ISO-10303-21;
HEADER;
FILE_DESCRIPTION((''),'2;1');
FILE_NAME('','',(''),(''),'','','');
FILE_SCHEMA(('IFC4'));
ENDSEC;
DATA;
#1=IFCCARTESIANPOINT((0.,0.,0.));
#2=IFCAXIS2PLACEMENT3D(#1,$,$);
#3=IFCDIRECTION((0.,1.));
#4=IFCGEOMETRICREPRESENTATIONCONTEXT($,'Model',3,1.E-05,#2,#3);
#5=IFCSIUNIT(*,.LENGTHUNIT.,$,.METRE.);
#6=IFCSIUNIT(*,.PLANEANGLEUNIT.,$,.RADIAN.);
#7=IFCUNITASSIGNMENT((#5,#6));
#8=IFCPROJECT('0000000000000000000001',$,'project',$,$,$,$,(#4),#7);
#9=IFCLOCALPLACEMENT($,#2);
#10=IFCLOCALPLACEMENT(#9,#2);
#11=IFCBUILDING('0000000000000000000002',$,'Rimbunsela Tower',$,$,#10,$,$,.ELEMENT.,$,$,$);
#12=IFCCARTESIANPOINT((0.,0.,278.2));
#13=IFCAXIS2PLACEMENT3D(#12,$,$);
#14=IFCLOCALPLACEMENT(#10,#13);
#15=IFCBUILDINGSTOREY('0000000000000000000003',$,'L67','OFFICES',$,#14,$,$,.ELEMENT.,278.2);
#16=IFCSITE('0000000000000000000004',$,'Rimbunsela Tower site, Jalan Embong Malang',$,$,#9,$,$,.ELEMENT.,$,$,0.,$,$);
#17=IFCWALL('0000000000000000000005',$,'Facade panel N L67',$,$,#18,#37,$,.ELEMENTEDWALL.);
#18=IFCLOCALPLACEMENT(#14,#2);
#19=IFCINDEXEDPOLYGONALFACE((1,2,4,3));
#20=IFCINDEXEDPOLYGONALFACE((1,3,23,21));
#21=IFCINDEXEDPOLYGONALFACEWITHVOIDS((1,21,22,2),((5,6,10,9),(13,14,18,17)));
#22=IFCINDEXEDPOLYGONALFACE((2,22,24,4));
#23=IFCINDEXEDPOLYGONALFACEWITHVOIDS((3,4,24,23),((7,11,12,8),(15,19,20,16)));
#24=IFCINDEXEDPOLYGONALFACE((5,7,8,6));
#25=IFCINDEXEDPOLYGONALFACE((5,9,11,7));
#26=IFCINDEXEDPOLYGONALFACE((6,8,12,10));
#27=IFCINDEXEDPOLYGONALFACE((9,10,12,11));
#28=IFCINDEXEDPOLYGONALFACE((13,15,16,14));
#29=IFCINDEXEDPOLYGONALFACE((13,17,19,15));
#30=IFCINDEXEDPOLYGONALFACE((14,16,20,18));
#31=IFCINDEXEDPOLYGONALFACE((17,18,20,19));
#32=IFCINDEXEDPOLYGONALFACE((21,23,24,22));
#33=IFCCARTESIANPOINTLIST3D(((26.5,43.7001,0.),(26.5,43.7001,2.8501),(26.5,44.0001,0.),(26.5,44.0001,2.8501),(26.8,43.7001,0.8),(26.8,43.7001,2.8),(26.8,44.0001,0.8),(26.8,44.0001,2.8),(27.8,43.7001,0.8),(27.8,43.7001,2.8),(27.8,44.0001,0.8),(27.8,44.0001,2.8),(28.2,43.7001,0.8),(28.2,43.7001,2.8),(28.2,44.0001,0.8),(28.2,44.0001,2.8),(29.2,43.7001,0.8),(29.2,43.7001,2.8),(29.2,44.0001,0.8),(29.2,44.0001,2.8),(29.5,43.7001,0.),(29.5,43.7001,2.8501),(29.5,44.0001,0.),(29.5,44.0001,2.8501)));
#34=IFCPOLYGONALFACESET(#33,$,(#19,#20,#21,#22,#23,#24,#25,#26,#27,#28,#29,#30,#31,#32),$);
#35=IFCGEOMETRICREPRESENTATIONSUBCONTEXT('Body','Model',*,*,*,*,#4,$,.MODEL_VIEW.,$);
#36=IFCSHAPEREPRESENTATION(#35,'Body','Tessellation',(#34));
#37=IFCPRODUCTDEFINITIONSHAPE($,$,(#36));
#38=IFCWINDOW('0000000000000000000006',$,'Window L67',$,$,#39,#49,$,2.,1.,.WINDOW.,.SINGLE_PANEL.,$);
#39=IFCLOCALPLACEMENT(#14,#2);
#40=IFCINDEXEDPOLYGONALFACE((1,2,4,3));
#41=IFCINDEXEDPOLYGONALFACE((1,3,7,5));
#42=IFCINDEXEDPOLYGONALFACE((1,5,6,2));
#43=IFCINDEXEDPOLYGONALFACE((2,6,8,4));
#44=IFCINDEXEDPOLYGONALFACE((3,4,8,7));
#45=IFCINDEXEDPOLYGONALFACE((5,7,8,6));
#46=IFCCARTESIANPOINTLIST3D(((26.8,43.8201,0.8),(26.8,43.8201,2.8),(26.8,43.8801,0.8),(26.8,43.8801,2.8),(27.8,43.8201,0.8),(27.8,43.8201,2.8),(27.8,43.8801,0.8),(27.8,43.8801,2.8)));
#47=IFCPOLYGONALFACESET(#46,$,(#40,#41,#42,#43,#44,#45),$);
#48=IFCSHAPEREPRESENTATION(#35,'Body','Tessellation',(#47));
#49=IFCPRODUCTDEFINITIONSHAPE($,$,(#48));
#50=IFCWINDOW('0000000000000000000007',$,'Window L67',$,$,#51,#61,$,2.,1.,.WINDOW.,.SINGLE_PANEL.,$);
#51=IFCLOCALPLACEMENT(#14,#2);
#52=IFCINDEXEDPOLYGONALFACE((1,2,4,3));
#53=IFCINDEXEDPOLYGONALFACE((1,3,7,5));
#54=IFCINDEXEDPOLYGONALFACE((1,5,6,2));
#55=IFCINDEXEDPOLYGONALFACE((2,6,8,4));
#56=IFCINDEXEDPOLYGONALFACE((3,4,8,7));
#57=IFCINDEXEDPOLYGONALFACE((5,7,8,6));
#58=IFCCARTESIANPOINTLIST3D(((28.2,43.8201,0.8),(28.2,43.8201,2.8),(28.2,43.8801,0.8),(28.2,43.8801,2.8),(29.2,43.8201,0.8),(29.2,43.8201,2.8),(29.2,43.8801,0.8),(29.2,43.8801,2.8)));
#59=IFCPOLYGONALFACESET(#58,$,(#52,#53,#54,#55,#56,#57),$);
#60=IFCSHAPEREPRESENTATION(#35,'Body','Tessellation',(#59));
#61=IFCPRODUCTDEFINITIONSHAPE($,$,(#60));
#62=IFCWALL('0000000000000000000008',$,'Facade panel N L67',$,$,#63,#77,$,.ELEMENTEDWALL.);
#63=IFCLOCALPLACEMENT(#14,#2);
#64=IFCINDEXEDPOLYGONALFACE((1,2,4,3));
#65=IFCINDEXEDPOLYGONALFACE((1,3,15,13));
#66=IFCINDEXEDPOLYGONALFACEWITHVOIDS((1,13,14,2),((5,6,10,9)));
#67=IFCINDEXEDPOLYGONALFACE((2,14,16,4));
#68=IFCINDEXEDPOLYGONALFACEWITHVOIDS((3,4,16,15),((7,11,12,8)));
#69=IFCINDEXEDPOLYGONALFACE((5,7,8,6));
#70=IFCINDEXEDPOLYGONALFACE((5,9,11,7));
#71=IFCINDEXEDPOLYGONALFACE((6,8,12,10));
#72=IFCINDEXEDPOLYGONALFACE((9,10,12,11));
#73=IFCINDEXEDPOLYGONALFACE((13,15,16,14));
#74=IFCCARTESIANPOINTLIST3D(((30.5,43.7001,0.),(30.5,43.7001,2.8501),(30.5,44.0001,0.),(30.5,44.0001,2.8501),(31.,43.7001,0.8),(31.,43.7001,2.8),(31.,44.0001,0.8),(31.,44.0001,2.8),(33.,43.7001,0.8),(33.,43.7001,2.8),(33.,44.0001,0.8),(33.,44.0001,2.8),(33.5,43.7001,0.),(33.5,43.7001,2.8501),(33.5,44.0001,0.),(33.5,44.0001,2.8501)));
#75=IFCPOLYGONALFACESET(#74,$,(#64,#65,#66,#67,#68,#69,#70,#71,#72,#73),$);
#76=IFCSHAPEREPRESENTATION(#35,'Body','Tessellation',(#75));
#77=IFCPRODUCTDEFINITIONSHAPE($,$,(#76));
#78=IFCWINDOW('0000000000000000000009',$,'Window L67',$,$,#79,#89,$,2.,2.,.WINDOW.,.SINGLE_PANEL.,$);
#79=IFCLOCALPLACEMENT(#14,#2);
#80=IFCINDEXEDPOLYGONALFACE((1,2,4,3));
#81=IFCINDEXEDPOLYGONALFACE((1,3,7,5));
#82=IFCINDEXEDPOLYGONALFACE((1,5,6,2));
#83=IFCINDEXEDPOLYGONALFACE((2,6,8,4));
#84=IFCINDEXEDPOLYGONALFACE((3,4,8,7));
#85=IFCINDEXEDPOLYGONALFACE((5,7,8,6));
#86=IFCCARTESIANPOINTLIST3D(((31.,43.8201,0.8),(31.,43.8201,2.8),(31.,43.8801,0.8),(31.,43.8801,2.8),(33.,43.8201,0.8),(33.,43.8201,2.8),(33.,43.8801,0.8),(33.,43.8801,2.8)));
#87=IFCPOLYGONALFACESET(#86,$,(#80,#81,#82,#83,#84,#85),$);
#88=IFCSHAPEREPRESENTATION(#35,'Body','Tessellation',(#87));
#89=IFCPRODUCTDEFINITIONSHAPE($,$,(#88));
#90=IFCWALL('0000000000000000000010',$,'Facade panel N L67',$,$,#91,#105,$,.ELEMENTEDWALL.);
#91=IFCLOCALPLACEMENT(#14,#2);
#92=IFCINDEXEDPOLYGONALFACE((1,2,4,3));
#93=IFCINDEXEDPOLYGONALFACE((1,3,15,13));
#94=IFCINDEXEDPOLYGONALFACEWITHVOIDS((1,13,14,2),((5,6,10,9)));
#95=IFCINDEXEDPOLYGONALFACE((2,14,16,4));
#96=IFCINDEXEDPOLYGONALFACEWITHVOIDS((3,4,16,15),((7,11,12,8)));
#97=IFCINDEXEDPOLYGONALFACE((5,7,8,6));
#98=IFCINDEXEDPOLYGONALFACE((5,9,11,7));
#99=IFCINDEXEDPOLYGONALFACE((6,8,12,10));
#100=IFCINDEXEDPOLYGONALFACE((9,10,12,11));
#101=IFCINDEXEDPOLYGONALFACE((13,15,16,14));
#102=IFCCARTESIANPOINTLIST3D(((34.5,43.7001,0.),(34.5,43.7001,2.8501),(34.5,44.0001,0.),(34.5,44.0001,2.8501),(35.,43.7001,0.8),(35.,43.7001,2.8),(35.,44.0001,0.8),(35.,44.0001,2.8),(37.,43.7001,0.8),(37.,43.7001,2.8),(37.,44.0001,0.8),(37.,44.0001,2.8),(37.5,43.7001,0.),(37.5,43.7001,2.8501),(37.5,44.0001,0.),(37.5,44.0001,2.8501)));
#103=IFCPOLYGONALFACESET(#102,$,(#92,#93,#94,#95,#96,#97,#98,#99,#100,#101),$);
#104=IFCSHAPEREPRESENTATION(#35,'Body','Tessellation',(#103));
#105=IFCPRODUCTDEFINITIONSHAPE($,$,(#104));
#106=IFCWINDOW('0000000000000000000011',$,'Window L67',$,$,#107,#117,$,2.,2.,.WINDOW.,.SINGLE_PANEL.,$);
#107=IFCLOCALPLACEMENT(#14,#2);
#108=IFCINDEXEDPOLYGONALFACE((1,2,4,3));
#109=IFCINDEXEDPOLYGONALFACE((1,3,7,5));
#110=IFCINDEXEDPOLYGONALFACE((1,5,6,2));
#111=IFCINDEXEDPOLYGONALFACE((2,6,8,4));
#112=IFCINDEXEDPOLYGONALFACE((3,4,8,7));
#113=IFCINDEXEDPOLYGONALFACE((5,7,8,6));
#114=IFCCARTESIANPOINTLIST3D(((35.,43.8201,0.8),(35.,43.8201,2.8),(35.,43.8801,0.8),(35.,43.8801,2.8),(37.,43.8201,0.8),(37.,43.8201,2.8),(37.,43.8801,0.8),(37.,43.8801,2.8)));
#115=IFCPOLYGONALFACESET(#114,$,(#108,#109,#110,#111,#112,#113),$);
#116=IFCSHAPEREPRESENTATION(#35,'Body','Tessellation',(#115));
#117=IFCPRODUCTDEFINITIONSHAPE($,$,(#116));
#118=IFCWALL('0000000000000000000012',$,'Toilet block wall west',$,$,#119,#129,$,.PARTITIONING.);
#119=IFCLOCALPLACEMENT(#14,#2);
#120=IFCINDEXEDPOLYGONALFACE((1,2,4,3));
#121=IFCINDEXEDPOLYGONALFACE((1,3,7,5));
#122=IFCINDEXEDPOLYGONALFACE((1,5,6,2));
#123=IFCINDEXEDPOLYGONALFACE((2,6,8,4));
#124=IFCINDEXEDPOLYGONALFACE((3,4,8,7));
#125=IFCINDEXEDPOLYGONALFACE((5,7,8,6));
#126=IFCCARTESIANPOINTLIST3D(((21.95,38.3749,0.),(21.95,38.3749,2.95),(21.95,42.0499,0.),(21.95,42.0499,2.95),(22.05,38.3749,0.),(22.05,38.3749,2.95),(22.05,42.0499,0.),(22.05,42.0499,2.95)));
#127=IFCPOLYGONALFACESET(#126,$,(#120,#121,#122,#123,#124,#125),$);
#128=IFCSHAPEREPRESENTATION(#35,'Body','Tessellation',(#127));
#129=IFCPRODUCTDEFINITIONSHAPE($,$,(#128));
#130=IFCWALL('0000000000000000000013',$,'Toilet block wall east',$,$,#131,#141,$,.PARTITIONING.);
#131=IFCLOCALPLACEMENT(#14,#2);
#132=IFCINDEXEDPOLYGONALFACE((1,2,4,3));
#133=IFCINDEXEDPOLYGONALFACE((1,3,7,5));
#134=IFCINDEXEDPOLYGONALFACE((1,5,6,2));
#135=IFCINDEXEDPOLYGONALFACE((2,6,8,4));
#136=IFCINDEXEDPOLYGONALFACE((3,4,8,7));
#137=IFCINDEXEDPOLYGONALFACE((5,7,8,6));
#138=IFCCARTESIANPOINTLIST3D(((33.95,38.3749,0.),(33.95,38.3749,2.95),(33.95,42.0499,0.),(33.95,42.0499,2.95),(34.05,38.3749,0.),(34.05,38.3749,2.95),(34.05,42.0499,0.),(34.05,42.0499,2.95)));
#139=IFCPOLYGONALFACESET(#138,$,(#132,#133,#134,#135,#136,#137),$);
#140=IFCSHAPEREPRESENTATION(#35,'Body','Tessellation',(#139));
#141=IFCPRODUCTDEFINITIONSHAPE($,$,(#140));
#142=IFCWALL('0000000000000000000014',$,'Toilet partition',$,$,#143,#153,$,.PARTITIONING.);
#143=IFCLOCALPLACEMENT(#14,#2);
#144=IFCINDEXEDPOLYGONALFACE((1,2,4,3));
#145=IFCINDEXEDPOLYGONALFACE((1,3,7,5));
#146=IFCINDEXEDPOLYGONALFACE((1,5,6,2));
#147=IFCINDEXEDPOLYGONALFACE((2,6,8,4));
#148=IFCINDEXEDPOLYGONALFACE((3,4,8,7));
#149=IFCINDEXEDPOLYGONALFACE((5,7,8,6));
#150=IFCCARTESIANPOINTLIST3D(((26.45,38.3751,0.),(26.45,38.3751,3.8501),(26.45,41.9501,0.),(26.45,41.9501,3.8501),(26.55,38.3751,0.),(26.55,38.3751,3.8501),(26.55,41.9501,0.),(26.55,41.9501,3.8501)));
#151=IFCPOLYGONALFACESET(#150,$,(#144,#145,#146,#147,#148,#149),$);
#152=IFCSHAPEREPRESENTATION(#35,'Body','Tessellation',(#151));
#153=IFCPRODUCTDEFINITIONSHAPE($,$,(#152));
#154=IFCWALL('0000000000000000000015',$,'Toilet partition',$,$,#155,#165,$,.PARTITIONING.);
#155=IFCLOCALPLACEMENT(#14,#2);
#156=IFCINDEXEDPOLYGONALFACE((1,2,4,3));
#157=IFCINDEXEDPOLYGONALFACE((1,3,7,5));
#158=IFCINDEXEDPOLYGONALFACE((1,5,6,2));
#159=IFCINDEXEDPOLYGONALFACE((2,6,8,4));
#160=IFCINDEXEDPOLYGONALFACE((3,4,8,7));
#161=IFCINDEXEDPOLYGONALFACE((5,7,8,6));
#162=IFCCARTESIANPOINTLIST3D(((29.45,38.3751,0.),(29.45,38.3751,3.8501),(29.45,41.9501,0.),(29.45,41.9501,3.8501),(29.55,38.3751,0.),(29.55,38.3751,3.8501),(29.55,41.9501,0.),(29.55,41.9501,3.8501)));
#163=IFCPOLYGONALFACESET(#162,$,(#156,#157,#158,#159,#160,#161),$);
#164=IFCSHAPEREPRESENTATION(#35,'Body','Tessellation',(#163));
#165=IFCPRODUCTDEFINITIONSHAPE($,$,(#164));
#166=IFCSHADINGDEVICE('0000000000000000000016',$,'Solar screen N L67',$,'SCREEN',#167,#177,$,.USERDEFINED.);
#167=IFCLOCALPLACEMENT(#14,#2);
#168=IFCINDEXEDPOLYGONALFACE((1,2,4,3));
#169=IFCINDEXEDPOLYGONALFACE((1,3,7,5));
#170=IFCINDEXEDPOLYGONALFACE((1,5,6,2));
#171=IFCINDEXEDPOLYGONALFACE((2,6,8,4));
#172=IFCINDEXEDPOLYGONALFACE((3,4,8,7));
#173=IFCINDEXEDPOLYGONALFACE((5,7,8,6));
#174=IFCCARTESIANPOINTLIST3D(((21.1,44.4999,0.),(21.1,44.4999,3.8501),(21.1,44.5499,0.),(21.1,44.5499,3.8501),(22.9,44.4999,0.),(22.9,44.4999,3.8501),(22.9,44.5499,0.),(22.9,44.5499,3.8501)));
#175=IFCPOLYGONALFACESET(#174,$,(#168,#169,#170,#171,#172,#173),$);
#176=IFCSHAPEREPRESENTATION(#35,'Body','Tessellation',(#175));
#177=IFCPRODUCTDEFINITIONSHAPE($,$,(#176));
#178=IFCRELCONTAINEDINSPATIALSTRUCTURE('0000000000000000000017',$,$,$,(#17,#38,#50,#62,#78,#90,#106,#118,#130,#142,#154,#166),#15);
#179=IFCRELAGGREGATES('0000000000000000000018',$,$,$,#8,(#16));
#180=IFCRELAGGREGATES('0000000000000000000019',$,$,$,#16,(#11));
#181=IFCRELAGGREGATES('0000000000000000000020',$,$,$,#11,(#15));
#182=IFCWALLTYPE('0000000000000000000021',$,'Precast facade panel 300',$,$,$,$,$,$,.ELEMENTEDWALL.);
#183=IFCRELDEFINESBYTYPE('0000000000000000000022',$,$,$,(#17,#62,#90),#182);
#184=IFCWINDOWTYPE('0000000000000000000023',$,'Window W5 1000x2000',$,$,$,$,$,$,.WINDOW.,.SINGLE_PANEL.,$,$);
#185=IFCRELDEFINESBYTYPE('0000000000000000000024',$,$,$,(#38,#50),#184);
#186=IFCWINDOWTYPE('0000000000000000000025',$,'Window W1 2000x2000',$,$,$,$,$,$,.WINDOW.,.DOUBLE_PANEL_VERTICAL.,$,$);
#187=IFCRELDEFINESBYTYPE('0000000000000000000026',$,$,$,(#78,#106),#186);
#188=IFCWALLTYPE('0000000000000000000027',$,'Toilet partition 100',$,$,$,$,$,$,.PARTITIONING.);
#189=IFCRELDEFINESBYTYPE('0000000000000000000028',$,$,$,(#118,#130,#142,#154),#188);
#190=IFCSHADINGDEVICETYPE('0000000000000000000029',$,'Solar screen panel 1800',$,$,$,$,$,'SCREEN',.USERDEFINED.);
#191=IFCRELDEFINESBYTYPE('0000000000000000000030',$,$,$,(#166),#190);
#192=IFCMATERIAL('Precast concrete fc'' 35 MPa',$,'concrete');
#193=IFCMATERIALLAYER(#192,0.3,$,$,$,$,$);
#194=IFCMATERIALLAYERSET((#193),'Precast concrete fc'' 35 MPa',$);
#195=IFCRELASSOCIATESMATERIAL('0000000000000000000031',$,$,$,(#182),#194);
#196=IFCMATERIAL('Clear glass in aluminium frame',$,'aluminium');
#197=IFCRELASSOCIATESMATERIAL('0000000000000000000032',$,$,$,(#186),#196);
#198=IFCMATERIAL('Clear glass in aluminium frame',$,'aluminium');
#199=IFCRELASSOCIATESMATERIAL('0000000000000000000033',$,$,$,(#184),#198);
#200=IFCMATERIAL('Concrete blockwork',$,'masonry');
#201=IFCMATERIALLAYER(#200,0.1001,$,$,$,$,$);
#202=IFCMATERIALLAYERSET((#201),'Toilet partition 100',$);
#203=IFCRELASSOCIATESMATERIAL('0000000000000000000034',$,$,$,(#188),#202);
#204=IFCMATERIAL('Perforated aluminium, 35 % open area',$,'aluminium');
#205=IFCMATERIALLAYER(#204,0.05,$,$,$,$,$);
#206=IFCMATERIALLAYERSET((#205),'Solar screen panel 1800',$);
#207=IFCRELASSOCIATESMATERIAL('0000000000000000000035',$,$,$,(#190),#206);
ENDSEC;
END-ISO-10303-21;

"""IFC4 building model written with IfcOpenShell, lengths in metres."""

from ifc_helpers import new_model, si_unit, direction, frame, frame_2d, origin, origin_2d, place, context, subcontext, project, spatial, rectangle, extrude, material, layer, layer_set, type_object, element, fill, save


model = new_model("IFC4")

# Units and contexts
model_context = context("Model", 3, precision=1e-05, world=origin(), true_north=direction((0.0, 1.0)))
body_context = subcontext(model_context, "Body", "Model", "MODEL_VIEW")
ifc_project = project(units=[si_unit("LENGTHUNIT", "METRE"), si_unit("PLANEANGLEUNIT", "RADIAN")], contexts=[model_context])

# Site, building, storey
site_placement = place(None, origin())
site = spatial("IfcSite", under=ifc_project, at=site_placement, Name="Rimbunsela Tower site, Jalan Embong Malang", CompositionType="ELEMENT", RefElevation=0.0)
building_placement = place(site_placement, origin())
building = spatial("IfcBuilding", under=site, at=building_placement, Name="Rimbunsela Tower", CompositionType="ELEMENT")
storey_placement = place(building_placement, frame((0.0, 0.0, 278.2)))
storey = spatial("IfcBuildingStorey", under=building, at=storey_placement, Name="L67", Description="OFFICES", CompositionType="ELEMENT", Elevation=278.2)

# Shared definitions
ifc_material_1 = material(Name="Precast concrete fc' 35 MPa", Category="concrete")
ifc_layer_1 = layer(ifc_material_1, 0.3)
ifc_layer_set_1 = layer_set([ifc_layer_1], Name="Precast concrete fc' 35 MPa")
wall_type_1 = type_object("IfcWallType", Name="Precast facade panel 300", PredefinedType="ELEMENTEDWALL", material=ifc_layer_set_1)
ifc_material_2 = material(Name="Clear glass in aluminium frame", Category="aluminium")
window_type_1 = type_object("IfcWindowType", Name="Window W1 2000x2000", PartitioningType="DOUBLE_PANEL_VERTICAL", PredefinedType="WINDOW", material=ifc_material_2)

# Wall, openings, windows
wall_1_placement = place(storey_placement, frame((29.5, 43.8501, 0.0), z_axis=(0.0, 0.0, 1.0), x_axis=(-1.0, 0.0, 0.0)))
wall_1 = element("IfcWall", 1, at=wall_1_placement, inside=storey, type_object=wall_type_1, Name="Facade panel N L67", PredefinedType="ELEMENTEDWALL", context=body_context, shape_type="SweptSolid", body=[
    extrude(rectangle(XDim=3.0, YDim=0.3, at=frame_2d((1.5, 0.0))), origin(), (0.0, 0.0, 1.0), 2.8501),
])
opening_1_placement = place(wall_1_placement, frame((1.7, 0.0, 0.8)))
opening_1 = element("IfcOpeningElement", 2, at=opening_1_placement, cuts=wall_1, PredefinedType="OPENING", context=body_context, shape_type="SweptSolid", body=[
    extrude(rectangle(XDim=1.0, YDim=2.0, at=frame_2d((0.5, 1.0))), frame((0.0, 0.1599, 0.0), z_axis=(0.0, -1.0, 0.0), x_axis=(1.0, 0.0, 0.0)), (0.0, 0.0, 1.0), 0.3201),
])
opening_2_placement = place(wall_1_placement, frame((0.3, 0.0, 0.8)))
opening_2 = element("IfcOpeningElement", 3, at=opening_2_placement, cuts=wall_1, PredefinedType="OPENING", context=body_context, shape_type="SweptSolid", body=[
    extrude(rectangle(XDim=1.0, YDim=2.0, at=frame_2d((0.5, 1.0))), frame((0.0, 0.1599, 0.0), z_axis=(0.0, -1.0, 0.0), x_axis=(1.0, 0.0, 0.0)), (0.0, 0.0, 1.0), 0.3201),
])
ifc_material_3 = material(Name="Clear glass in aluminium frame", Category="aluminium")
window_type_2 = type_object("IfcWindowType", Name="Window W5 1000x2000", PartitioningType="SINGLE_PANEL", PredefinedType="WINDOW", material=ifc_material_3)
window_1_placement = place(opening_1_placement, origin())
window_1 = element("IfcWindow", 4, at=window_1_placement, inside=storey, type_object=window_type_2, Name="Window L67", OverallHeight=2.0, OverallWidth=1.0, PartitioningType="SINGLE_PANEL", PredefinedType="WINDOW", context=body_context, shape_type="SweptSolid", body=[
    extrude(rectangle(XDim=1.0, YDim=2.0, at=frame_2d((0.5, 1.0))), frame((0.0, 0.03, 0.0), z_axis=(0.0, -1.0, 0.0), x_axis=(1.0, 0.0, 0.0)), (0.0, 0.0, 1.0), 0.0601),
])
fill(opening_1, window_1)
window_2_placement = place(opening_2_placement, origin())
window_2 = element("IfcWindow", 5, at=window_2_placement, inside=storey, type_object=window_type_2, Name="Window L67", OverallHeight=2.0, OverallWidth=1.0, PartitioningType="SINGLE_PANEL", PredefinedType="WINDOW", context=body_context, shape_type="SweptSolid", body=[
    extrude(rectangle(XDim=1.0, YDim=2.0, at=frame_2d((0.5, 1.0))), frame((0.0, 0.03, 0.0), z_axis=(0.0, -1.0, 0.0), x_axis=(1.0, 0.0, 0.0)), (0.0, 0.0, 1.0), 0.0601),
])
fill(opening_2, window_2)

# Walls, openings, windows
wall_2_placement = place(storey_placement, frame((33.5, 43.8501, 0.0), z_axis=(0.0, 0.0, 1.0), x_axis=(-1.0, 0.0, 0.0)))
wall_2 = element("IfcWall", 6, at=wall_2_placement, inside=storey, type_object=wall_type_1, Name="Facade panel N L67", PredefinedType="ELEMENTEDWALL", context=body_context, shape_type="SweptSolid", body=[
    extrude(rectangle(XDim=3.0, YDim=0.3, at=frame_2d((1.5, 0.0))), origin(), (0.0, 0.0, 1.0), 2.8501),
])
opening_3_placement = place(wall_2_placement, frame((0.5, 0.0, 0.8)))
opening_3 = element("IfcOpeningElement", 7, at=opening_3_placement, cuts=wall_2, PredefinedType="OPENING", context=body_context, shape_type="SweptSolid", body=[
    extrude(rectangle(XDim=2.0, YDim=2.0, at=frame_2d((1.0, 1.0))), frame((0.0, 0.1599, 0.0), z_axis=(0.0, -1.0, 0.0), x_axis=(1.0, 0.0, 0.0)), (0.0, 0.0, 1.0), 0.3201),
])
window_3_placement = place(opening_3_placement, origin())
window_3 = element("IfcWindow", 8, at=window_3_placement, inside=storey, type_object=window_type_1, Name="Window L67", OverallHeight=2.0, OverallWidth=2.0, PartitioningType="SINGLE_PANEL", PredefinedType="WINDOW", context=body_context, shape_type="SweptSolid", body=[
    extrude(rectangle(XDim=2.0, YDim=2.0, at=frame_2d((1.0, 1.0))), frame((0.0, 0.03, 0.0), z_axis=(0.0, -1.0, 0.0), x_axis=(1.0, 0.0, 0.0)), (0.0, 0.0, 1.0), 0.0601),
])
fill(opening_3, window_3)
wall_3_placement = place(storey_placement, frame((37.5, 43.8501, 0.0), z_axis=(0.0, 0.0, 1.0), x_axis=(-1.0, 0.0, 0.0)))
wall_3 = element("IfcWall", 9, at=wall_3_placement, inside=storey, type_object=wall_type_1, Name="Facade panel N L67", PredefinedType="ELEMENTEDWALL", context=body_context, shape_type="SweptSolid", body=[
    extrude(rectangle(XDim=3.0, YDim=0.3, at=frame_2d((1.5, 0.0))), origin(), (0.0, 0.0, 1.0), 2.8501),
])
opening_4_placement = place(wall_3_placement, frame((0.5, 0.0, 0.8)))
opening_4 = element("IfcOpeningElement", 10, at=opening_4_placement, cuts=wall_3, PredefinedType="OPENING", context=body_context, shape_type="SweptSolid", body=[
    extrude(rectangle(XDim=2.0, YDim=2.0, at=frame_2d((1.0, 1.0))), frame((0.0, 0.1599, 0.0), z_axis=(0.0, -1.0, 0.0), x_axis=(1.0, 0.0, 0.0)), (0.0, 0.0, 1.0), 0.3201),
])
window_4_placement = place(opening_4_placement, origin())
window_4 = element("IfcWindow", 11, at=window_4_placement, inside=storey, type_object=window_type_1, Name="Window L67", OverallHeight=2.0, OverallWidth=2.0, PartitioningType="SINGLE_PANEL", PredefinedType="WINDOW", context=body_context, shape_type="SweptSolid", body=[
    extrude(rectangle(XDim=2.0, YDim=2.0, at=frame_2d((1.0, 1.0))), frame((0.0, 0.03, 0.0), z_axis=(0.0, -1.0, 0.0), x_axis=(1.0, 0.0, 0.0)), (0.0, 0.0, 1.0), 0.0601),
])
fill(opening_4, window_4)

# Walls
ifc_material_4 = material(Name="Concrete blockwork", Category="masonry")
ifc_layer_2 = layer(ifc_material_4, 0.1001)
ifc_layer_set_2 = layer_set([ifc_layer_2], Name="Toilet partition 100")
wall_type_2 = type_object("IfcWallType", Name="Toilet partition 100", PredefinedType="PARTITIONING", material=ifc_layer_set_2)
for number, where, z_axis, x_axis, name in (
    (12, (22.0, 38.375, 0.0), (0.0, 0.0, 1.0), (0.0, 1.0, 0.0), "Toilet block wall west"),
    (13, (34.0, 38.375, 0.0), (0.0, 0.0, 1.0), (0.0, 1.0, 0.0), "Toilet block wall east"),
):
    element("IfcWall", number, at=place(storey_placement, frame(where, z_axis=z_axis, x_axis=x_axis)), inside=storey, type_object=wall_type_2, Name=name, PredefinedType="PARTITIONING", context=body_context, shape_type="SweptSolid", body=[
        extrude(rectangle(XDim=3.675, YDim=0.1001, at=frame_2d((1.8374, 0.0))), origin(), (0.0, 0.0, 1.0), 2.95),
    ])
for number, where, z_axis, x_axis, name in (
    (14, (26.5, 38.375, 0.0), (0.0, 0.0, 1.0), (0.0, 1.0, 0.0), "Toilet partition"),
    (15, (29.5, 38.375, 0.0), (0.0, 0.0, 1.0), (0.0, 1.0, 0.0), "Toilet partition"),
):
    element("IfcWall", number, at=place(storey_placement, frame(where, z_axis=z_axis, x_axis=x_axis)), inside=storey, type_object=wall_type_2, Name=name, PredefinedType="PARTITIONING", context=body_context, shape_type="SweptSolid", body=[
        extrude(rectangle(XDim=3.575, YDim=0.1001, at=frame_2d((1.7876, 0.0))), origin(), (0.0, 0.0, 1.0), 3.8501),
    ])

# Shading device
ifc_material_5 = material(Name="Perforated aluminium, 35 % open area", Category="aluminium")
ifc_layer_3 = layer(ifc_material_5, 0.05)
ifc_layer_set_3 = layer_set([ifc_layer_3], Name="Solar screen panel 1800")
shading_device_type = type_object("IfcShadingDeviceType", Name="Solar screen panel 1800", ElementType="SCREEN", PredefinedType="USERDEFINED", material=ifc_layer_set_3)
for number, where, z_axis, x_axis, name in (
    (16, (22.0, 44.5249, 0.0), (0.0, 0.0, 1.0), (1.0, 0.0, 0.0), "Solar screen N L67"),
):
    element("IfcShadingDevice", number, at=place(storey_placement, frame(where, z_axis=z_axis, x_axis=x_axis)), inside=storey, type_object=shading_device_type, Name=name, ObjectType="SCREEN", PredefinedType="USERDEFINED", context=body_context, shape_type="SweptSolid", body=[
        extrude(rectangle(XDim=1.8, YDim=0.05, at=origin_2d()), origin(), (0.0, 0.0, 1.0), 3.8501),
    ])

save(model, "model.ifc")
